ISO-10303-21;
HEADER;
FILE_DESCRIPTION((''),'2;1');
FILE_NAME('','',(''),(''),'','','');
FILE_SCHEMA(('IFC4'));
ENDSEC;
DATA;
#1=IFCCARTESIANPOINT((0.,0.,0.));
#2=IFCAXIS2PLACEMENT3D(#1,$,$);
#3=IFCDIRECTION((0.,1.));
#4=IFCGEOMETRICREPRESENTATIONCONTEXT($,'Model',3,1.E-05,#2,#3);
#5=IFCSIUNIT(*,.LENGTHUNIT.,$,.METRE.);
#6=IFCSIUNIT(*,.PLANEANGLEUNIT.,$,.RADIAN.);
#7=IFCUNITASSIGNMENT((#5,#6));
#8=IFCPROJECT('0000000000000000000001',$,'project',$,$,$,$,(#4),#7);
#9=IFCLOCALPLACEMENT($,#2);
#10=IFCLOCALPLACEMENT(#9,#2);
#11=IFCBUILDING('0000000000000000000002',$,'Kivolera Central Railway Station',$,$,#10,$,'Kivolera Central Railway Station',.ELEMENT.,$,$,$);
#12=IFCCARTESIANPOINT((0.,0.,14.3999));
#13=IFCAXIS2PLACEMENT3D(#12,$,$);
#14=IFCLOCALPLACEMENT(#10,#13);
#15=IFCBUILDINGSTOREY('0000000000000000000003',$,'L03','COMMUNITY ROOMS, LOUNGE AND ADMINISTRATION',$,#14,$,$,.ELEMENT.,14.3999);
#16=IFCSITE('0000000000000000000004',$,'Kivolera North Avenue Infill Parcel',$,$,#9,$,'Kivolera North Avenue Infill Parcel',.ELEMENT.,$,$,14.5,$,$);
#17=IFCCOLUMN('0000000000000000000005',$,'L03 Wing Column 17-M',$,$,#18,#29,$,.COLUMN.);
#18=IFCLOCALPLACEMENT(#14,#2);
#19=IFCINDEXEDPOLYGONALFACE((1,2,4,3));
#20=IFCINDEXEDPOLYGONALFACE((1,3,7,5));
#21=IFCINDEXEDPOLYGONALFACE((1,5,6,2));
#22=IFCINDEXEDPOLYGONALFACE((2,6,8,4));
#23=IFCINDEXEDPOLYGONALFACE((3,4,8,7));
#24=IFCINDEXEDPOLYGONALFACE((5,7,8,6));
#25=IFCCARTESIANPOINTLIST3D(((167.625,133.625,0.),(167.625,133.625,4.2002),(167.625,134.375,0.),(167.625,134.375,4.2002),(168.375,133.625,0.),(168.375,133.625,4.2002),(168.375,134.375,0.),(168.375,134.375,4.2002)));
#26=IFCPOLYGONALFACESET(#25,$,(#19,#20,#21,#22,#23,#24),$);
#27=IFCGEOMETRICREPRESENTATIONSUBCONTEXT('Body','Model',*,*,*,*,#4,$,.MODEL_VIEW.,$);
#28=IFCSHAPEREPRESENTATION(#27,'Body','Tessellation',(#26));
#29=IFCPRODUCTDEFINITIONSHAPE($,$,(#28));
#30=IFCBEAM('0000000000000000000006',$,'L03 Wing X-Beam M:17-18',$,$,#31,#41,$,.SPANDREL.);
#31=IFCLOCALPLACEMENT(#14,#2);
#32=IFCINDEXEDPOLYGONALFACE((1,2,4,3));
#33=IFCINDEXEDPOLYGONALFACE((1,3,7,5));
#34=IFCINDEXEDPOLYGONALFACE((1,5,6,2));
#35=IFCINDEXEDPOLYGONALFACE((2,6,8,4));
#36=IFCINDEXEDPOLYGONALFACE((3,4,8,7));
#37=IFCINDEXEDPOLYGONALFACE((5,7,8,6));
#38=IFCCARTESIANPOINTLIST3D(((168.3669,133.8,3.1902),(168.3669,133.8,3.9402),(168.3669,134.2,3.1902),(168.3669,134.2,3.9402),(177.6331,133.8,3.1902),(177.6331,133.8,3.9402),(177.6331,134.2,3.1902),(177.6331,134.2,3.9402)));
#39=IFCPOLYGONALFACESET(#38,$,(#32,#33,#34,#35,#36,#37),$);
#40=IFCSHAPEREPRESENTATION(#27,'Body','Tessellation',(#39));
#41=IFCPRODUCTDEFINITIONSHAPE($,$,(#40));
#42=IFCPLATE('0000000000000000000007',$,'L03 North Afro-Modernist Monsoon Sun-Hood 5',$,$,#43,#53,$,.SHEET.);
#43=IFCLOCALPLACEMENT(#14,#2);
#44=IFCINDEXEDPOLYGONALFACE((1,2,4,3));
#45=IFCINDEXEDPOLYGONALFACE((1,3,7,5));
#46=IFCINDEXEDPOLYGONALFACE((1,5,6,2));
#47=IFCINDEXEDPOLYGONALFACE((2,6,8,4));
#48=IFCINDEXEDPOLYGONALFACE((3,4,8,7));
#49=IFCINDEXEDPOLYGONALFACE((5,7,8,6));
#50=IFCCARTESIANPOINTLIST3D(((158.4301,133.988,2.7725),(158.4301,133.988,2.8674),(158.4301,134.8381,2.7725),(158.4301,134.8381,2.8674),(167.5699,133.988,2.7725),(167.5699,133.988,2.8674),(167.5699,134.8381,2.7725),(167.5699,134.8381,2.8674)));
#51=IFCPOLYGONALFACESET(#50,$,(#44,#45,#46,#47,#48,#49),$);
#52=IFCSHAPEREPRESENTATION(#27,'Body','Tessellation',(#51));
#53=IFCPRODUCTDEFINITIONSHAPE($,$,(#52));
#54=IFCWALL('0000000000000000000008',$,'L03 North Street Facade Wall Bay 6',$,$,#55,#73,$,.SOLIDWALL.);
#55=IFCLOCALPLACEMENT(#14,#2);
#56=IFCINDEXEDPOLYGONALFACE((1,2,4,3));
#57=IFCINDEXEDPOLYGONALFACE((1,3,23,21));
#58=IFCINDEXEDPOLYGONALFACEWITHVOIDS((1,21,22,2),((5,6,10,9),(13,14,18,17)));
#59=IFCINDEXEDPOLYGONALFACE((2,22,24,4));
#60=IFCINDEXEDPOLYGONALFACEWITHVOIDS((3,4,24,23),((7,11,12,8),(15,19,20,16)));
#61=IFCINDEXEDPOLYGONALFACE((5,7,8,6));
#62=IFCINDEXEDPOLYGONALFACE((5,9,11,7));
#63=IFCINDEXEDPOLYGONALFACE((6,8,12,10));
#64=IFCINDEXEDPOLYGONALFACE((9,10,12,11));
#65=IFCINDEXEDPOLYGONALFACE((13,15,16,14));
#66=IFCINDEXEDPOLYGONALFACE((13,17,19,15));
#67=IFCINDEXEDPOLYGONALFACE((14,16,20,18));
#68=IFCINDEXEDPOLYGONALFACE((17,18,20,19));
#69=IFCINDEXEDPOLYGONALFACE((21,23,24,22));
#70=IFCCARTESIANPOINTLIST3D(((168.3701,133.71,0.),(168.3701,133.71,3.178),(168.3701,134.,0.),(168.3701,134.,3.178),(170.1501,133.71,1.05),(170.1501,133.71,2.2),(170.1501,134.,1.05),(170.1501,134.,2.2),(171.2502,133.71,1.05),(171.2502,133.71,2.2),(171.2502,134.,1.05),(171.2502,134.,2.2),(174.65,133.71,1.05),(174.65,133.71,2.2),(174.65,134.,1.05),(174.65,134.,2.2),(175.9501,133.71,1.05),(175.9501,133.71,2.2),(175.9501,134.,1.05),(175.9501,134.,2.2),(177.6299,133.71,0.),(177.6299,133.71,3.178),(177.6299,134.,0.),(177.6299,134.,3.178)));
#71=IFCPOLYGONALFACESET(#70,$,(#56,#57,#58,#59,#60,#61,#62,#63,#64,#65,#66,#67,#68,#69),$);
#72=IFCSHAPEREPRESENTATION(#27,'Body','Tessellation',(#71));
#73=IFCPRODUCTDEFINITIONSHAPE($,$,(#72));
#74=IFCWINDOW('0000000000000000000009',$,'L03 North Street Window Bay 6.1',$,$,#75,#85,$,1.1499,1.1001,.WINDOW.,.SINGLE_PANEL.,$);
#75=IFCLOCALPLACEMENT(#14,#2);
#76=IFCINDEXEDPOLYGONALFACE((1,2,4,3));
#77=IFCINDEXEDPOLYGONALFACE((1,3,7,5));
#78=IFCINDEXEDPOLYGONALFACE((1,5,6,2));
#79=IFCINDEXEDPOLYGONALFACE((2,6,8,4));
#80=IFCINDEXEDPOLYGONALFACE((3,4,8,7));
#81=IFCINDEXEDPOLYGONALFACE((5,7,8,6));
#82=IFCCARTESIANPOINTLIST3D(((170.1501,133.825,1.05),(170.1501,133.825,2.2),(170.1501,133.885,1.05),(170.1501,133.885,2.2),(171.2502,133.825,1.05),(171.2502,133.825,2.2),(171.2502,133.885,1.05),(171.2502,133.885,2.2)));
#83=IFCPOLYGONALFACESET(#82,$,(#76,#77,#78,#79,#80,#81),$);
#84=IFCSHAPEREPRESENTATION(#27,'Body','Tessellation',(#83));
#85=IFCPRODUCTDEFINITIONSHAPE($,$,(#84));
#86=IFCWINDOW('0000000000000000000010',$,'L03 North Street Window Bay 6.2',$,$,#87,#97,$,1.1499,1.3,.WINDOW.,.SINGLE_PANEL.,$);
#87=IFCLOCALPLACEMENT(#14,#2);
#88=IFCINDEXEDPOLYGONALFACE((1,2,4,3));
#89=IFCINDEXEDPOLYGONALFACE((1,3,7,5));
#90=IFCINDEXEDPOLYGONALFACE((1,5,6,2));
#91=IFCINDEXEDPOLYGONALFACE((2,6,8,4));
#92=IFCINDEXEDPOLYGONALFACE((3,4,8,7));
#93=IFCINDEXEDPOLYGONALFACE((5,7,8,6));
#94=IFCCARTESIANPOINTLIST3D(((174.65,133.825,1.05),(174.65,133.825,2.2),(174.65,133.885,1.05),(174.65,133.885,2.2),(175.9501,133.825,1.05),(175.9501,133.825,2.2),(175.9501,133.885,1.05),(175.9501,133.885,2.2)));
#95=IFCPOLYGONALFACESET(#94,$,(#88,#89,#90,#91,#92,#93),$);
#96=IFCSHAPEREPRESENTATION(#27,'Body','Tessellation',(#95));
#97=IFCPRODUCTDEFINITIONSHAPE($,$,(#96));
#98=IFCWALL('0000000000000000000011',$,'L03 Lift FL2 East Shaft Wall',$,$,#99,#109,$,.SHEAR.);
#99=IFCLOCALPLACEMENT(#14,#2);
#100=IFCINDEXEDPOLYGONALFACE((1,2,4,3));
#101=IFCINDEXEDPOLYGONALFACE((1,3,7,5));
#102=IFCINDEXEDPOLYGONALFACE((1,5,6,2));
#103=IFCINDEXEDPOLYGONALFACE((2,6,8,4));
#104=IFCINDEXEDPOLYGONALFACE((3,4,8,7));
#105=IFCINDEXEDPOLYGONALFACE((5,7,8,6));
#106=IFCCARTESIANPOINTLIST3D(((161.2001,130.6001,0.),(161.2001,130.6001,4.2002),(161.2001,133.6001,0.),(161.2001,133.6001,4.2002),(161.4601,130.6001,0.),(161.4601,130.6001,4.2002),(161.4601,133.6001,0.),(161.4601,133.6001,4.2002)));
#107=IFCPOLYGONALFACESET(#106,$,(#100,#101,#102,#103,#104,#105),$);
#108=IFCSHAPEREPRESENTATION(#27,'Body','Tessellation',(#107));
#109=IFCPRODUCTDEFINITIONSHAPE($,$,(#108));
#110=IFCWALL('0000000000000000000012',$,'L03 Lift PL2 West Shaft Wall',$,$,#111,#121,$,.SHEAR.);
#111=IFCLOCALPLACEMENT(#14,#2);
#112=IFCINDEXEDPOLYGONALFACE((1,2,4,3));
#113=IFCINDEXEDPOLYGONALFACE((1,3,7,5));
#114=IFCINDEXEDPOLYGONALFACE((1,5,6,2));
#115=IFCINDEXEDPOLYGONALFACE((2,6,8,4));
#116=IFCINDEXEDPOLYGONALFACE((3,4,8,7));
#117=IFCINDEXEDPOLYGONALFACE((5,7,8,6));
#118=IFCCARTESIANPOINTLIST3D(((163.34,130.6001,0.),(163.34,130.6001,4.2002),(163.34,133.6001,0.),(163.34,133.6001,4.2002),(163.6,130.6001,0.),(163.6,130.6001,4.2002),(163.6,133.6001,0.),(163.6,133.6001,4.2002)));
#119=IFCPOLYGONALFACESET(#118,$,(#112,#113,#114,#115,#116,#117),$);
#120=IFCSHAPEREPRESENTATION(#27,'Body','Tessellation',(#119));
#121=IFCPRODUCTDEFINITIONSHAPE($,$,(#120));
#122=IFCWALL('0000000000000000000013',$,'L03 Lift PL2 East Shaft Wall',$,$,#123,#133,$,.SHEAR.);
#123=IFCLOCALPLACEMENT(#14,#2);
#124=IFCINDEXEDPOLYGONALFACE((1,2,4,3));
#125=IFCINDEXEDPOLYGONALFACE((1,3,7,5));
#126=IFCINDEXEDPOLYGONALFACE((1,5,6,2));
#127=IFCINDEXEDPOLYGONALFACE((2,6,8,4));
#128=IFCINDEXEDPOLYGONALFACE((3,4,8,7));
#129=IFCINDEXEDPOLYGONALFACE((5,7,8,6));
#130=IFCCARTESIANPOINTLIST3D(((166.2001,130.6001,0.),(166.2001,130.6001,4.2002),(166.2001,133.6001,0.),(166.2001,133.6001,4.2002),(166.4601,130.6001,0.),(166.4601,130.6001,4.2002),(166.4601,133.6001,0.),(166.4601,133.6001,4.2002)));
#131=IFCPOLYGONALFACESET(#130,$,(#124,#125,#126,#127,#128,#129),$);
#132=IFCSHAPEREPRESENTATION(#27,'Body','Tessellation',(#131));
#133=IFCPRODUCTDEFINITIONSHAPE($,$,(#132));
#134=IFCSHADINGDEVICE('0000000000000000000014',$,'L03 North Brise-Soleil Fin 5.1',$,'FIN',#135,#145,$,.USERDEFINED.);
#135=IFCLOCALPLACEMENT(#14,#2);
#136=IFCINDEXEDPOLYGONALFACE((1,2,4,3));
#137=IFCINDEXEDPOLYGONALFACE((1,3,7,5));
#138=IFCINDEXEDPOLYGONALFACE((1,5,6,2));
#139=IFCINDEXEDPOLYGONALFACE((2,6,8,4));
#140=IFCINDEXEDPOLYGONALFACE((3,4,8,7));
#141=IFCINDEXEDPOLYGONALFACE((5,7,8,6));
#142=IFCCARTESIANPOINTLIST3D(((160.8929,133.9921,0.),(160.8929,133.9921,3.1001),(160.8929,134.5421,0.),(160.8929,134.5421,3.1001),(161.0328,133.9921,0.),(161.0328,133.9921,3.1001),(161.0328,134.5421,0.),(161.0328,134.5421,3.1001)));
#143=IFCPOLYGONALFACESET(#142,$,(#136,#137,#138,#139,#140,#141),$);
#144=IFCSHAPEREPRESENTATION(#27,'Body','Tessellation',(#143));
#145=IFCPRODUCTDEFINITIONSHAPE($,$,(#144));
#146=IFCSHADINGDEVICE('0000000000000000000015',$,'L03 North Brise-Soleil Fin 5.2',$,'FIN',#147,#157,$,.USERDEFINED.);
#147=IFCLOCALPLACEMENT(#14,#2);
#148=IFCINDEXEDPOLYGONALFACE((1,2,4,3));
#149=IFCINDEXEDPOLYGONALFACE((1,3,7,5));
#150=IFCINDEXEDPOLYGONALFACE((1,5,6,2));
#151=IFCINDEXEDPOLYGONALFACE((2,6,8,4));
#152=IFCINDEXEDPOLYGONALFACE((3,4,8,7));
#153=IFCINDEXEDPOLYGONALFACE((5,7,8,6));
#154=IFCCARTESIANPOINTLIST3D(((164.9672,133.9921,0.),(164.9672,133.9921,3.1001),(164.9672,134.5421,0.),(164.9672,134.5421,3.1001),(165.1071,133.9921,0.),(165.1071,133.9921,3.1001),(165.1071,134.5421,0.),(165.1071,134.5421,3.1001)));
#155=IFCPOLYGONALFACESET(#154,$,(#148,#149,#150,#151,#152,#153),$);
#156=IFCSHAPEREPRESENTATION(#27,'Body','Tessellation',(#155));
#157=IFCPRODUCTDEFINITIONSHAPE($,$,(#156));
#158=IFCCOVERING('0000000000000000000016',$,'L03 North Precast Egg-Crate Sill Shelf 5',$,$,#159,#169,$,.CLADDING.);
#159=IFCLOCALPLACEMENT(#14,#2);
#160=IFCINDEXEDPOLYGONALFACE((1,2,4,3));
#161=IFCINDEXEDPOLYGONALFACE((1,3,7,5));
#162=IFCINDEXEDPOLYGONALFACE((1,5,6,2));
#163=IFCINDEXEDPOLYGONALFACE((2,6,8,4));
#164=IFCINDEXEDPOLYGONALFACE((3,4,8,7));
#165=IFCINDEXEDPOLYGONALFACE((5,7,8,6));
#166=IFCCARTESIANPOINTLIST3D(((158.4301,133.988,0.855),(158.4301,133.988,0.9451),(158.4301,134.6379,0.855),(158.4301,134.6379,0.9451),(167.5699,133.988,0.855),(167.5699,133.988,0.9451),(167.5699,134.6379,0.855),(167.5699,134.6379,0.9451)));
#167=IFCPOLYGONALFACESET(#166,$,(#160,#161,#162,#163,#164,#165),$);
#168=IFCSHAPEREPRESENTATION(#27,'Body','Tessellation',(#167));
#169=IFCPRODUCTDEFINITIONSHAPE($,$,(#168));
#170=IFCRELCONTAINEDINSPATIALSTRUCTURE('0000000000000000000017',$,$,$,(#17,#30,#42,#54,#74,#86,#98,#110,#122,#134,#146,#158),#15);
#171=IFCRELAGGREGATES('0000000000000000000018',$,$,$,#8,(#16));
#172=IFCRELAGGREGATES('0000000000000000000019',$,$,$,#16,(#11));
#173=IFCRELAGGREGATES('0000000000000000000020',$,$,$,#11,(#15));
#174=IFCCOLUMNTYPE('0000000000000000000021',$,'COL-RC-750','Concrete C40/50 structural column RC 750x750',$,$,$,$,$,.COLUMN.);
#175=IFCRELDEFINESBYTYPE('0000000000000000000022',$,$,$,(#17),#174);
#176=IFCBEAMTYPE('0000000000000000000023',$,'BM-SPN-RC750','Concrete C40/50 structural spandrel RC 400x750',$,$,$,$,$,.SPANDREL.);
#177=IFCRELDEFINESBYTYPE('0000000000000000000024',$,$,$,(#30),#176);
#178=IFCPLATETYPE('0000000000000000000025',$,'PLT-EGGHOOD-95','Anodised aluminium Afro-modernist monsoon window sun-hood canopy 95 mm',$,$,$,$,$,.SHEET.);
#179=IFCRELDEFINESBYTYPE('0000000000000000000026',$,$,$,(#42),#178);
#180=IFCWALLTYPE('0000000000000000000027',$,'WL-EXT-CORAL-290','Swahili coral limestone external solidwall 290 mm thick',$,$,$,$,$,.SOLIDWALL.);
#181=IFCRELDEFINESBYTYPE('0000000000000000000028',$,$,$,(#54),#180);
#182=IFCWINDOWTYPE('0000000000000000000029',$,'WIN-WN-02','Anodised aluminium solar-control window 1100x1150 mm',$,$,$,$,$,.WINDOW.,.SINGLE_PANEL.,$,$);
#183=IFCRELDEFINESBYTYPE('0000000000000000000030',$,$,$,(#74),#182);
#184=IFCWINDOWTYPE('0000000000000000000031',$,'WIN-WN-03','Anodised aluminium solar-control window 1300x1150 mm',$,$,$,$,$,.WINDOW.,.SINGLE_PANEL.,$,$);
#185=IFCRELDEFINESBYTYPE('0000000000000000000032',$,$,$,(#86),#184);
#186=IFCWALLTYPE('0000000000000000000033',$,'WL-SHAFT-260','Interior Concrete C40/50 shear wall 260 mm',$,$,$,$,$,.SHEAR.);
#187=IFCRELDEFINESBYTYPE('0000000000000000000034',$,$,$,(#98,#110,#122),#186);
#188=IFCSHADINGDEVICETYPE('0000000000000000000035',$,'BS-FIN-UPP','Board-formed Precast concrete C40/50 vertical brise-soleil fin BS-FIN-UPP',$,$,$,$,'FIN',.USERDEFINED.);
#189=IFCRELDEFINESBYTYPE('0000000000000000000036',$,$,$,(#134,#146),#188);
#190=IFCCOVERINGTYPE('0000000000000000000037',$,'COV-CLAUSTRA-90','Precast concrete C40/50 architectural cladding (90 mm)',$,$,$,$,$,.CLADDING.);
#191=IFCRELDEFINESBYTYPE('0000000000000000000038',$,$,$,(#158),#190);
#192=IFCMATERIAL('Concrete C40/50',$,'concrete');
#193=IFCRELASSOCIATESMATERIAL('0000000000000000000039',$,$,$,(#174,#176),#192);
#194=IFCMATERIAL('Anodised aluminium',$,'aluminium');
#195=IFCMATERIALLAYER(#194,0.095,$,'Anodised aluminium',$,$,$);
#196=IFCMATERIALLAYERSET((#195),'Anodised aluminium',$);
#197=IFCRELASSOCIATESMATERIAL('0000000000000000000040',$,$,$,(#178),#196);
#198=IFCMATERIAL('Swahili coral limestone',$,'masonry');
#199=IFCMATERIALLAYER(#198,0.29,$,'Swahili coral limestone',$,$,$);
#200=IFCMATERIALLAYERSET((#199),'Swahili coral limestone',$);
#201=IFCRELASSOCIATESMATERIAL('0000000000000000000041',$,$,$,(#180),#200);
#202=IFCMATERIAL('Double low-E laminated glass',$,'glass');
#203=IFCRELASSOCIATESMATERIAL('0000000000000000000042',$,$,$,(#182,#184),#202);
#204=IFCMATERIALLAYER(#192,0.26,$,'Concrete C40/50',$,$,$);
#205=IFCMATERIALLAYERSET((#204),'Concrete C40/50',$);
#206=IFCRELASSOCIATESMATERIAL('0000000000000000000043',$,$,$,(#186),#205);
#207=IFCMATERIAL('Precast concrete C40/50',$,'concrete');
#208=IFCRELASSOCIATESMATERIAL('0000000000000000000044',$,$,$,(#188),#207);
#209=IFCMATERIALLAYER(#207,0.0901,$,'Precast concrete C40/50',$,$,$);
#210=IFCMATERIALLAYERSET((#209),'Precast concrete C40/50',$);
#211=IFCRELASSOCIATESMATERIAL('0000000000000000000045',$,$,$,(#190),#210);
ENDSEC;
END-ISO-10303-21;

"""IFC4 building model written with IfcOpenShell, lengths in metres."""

from ifc_helpers import new_model, si_unit, direction, frame, frame_2d, origin, origin_2d, place, context, subcontext, project, spatial, rectangle, extrude, material, layer, layer_set, material_profile, profile_set, type_object, element, fill, save


model = new_model("IFC4")

# Units and contexts
model_context = context("Model", 3, precision=1e-05, world=origin(), true_north=direction((0.0, 1.0)))
body_context = subcontext(model_context, "Body", "Model", "MODEL_VIEW")
ifc_project = project(units=[si_unit("LENGTHUNIT", "METRE"), si_unit("PLANEANGLEUNIT", "RADIAN")], contexts=[model_context])

# Site, building, storey
site_placement = place(None, origin())
site = spatial("IfcSite", under=ifc_project, at=site_placement, Name="Kivolera North Avenue Infill Parcel", LongName="Kivolera North Avenue Infill Parcel", CompositionType="ELEMENT", RefElevation=14.5)
building_placement = place(site_placement, origin())
building = spatial("IfcBuilding", under=site, at=building_placement, Name="Kivolera Central Railway Station", LongName="Kivolera Central Railway Station", CompositionType="ELEMENT")
storey_placement = place(building_placement, frame((0.0, 0.0, 14.3999)))
storey = spatial("IfcBuildingStorey", under=building, at=storey_placement, Name="L03", Description="COMMUNITY ROOMS, LOUNGE AND ADMINISTRATION", CompositionType="ELEMENT", Elevation=14.3999)

# Column
ifc_material_1 = material(Name="Concrete C40/50", Category="concrete")
ifc_material_profile_1 = material_profile(ifc_material_1, rectangle(XDim=0.75, YDim=0.75, at=origin_2d()), Name="RC 750x750")
ifc_profile_set_1 = profile_set([ifc_material_profile_1], Name="Concrete C40/50")
column_type = type_object("IfcColumnType", Name="COL-RC-750", Description="Concrete C40/50 structural column RC 750x750", PredefinedType="COLUMN", material=ifc_profile_set_1)
column_placement = place(storey_placement, frame((168.0, 134.0, 0.0), z_axis=(0.0, 0.0, 1.0), x_axis=(1.0, 0.0, 0.0)))
element("IfcColumn", 1, at=column_placement, inside=storey, type_object=column_type, Name="L03 Wing Column 17-M", PredefinedType="COLUMN", context=body_context, shape_type="SweptSolid", body=[
    extrude(rectangle(XDim=0.75, YDim=0.75, at=origin_2d()), origin(), (0.0, 0.0, 1.0), 4.2002),
])

# Beam
ifc_material_profile_2 = material_profile(ifc_material_1, rectangle(XDim=0.3999, YDim=0.75, at=origin_2d()), Name="RC 400x750")
ifc_profile_set_2 = profile_set([ifc_material_profile_2], Name="Concrete C40/50")
beam_type = type_object("IfcBeamType", Name="BM-SPN-RC750", Description="Concrete C40/50 structural spandrel RC 400x750", PredefinedType="SPANDREL", material=ifc_profile_set_2)
beam_placement = place(storey_placement, frame((168.3669, 134.0, 3.5652), z_axis=(1.0, 0.0, 0.0), x_axis=(0.0, 1.0, 0.0)))
element("IfcBeam", 2, at=beam_placement, inside=storey, type_object=beam_type, Name="L03 Wing X-Beam M:17-18", PredefinedType="SPANDREL", context=body_context, shape_type="SweptSolid", body=[
    extrude(rectangle(XDim=0.3999, YDim=0.75, at=origin_2d()), origin(), (0.0, 0.0, 1.0), 9.2661),
])

# Plate
ifc_material_2 = material(Name="Anodised aluminium", Category="aluminium")
ifc_layer_1 = layer(ifc_material_2, 0.095, Name="Anodised aluminium")
ifc_layer_set_1 = layer_set([ifc_layer_1], Name="Anodised aluminium")
plate_type = type_object("IfcPlateType", Name="PLT-EGGHOOD-95", Description="Anodised aluminium Afro-modernist monsoon window sun-hood canopy 95 mm", PredefinedType="SHEET", material=ifc_layer_set_1)
plate_placement = place(storey_placement, frame((163.0, 134.4131, 2.7725), z_axis=(0.0, 0.0, 1.0), x_axis=(1.0, 0.0, 0.0)))
element("IfcPlate", 3, at=plate_placement, inside=storey, type_object=plate_type, Name="L03 North Afro-Modernist Monsoon Sun-Hood 5", PredefinedType="SHEET", context=body_context, shape_type="SweptSolid", body=[
    extrude(rectangle(XDim=9.1399, YDim=0.8501, at=origin_2d()), origin(), (0.0, 0.0, 1.0), 0.095),
])

# Wall, openings, windows
ifc_material_3 = material(Name="Swahili coral limestone", Category="masonry")
ifc_layer_2 = layer(ifc_material_3, 0.29, Name="Swahili coral limestone")
ifc_layer_set_2 = layer_set([ifc_layer_2], Name="Swahili coral limestone")
wall_type_1 = type_object("IfcWallType", Name="WL-EXT-CORAL-290", Description="Swahili coral limestone external solidwall 290 mm thick", PredefinedType="SOLIDWALL", material=ifc_layer_set_2)
wall_1_placement = place(storey_placement, frame((168.3701, 133.855, 0.0), z_axis=(0.0, 0.0, 1.0), x_axis=(1.0, 0.0, 0.0)))
wall_1 = element("IfcWall", 4, at=wall_1_placement, inside=storey, type_object=wall_type_1, Name="L03 North Street Facade Wall Bay 6", PredefinedType="SOLIDWALL", context=body_context, shape_type="SweptSolid", body=[
    extrude(rectangle(XDim=9.2598, YDim=0.29, at=frame_2d((4.6299, 0.0))), origin(), (0.0, 0.0, 1.0), 3.178),
])
opening_1_placement = place(wall_1_placement, frame((1.78, 0.0, 1.05)))
opening_1 = element("IfcOpeningElement", 5, at=opening_1_placement, cuts=wall_1, PredefinedType="OPENING", context=body_context, shape_type="SweptSolid", body=[
    extrude(rectangle(XDim=1.1001, YDim=1.1499, at=frame_2d((0.55, 0.575))), frame((0.0, 0.155, 0.0), z_axis=(0.0, -1.0, 0.0), x_axis=(1.0, 0.0, 0.0)), (0.0, 0.0, 1.0), 0.3101),
])
opening_2_placement = place(wall_1_placement, frame((6.28, 0.0, 1.05)))
opening_2 = element("IfcOpeningElement", 6, at=opening_2_placement, cuts=wall_1, PredefinedType="OPENING", context=body_context, shape_type="SweptSolid", body=[
    extrude(rectangle(XDim=1.3, YDim=1.1499, at=frame_2d((0.6499, 0.575))), frame((0.0, 0.155, 0.0), z_axis=(0.0, -1.0, 0.0), x_axis=(1.0, 0.0, 0.0)), (0.0, 0.0, 1.0), 0.3101),
])
ifc_material_4 = material(Name="Double low-E laminated glass", Category="glass")
window_type_1 = type_object("IfcWindowType", Name="WIN-WN-02", Description="Anodised aluminium solar-control window 1100x1150 mm", PartitioningType="SINGLE_PANEL", PredefinedType="WINDOW", material=ifc_material_4)
window_1_placement = place(opening_1_placement, origin())
window_1 = element("IfcWindow", 7, at=window_1_placement, inside=storey, type_object=window_type_1, Name="L03 North Street Window Bay 6.1", OverallHeight=1.1499, OverallWidth=1.1001, PartitioningType="SINGLE_PANEL", PredefinedType="WINDOW", context=body_context, shape_type="SweptSolid", body=[
    extrude(rectangle(XDim=1.1001, YDim=1.1499, at=frame_2d((0.55, 0.575))), frame((0.0, 0.03, 0.0), z_axis=(0.0, -1.0, 0.0), x_axis=(1.0, 0.0, 0.0)), (0.0, 0.0, 1.0), 0.0601),
])
fill(opening_1, window_1)
window_type_2 = type_object("IfcWindowType", Name="WIN-WN-03", Description="Anodised aluminium solar-control window 1300x1150 mm", PartitioningType="SINGLE_PANEL", PredefinedType="WINDOW", material=ifc_material_4)
window_2_placement = place(opening_2_placement, origin())
window_2 = element("IfcWindow", 8, at=window_2_placement, inside=storey, type_object=window_type_2, Name="L03 North Street Window Bay 6.2", OverallHeight=1.1499, OverallWidth=1.3, PartitioningType="SINGLE_PANEL", PredefinedType="WINDOW", context=body_context, shape_type="SweptSolid", body=[
    extrude(rectangle(XDim=1.3, YDim=1.1499, at=frame_2d((0.6499, 0.575))), frame((0.0, 0.03, 0.0), z_axis=(0.0, -1.0, 0.0), x_axis=(1.0, 0.0, 0.0)), (0.0, 0.0, 1.0), 0.0601),
])
fill(opening_2, window_2)

# Wall
ifc_layer_3 = layer(ifc_material_1, 0.26, Name="Concrete C40/50")
ifc_layer_set_3 = layer_set([ifc_layer_3], Name="Concrete C40/50")
wall_type_2 = type_object("IfcWallType", Name="WL-SHAFT-260", Description="Interior Concrete C40/50 shear wall 260 mm", PredefinedType="SHEAR", material=ifc_layer_set_3)
wall_2_placement = place(storey_placement, frame((161.3301, 130.6001, 0.0), z_axis=(0.0, 0.0, 1.0), x_axis=(0.0, 1.0, 0.0)))
element("IfcWall", 9, at=wall_2_placement, inside=storey, type_object=wall_type_2, Name="L03 Lift FL2 East Shaft Wall", PredefinedType="SHEAR", context=body_context, shape_type="SweptSolid", body=[
    extrude(rectangle(XDim=3.0, YDim=0.26, at=frame_2d((1.5, 0.0))), origin(), (0.0, 0.0, 1.0), 4.2002),
])

# Walls
for number, where, z_axis, x_axis, name in (
    (10, (163.47, 130.6001, 0.0), (0.0, 0.0, 1.0), (0.0, 1.0, 0.0), "L03 Lift PL2 West Shaft Wall"),
    (11, (166.3301, 130.6001, 0.0), (0.0, 0.0, 1.0), (0.0, 1.0, 0.0), "L03 Lift PL2 East Shaft Wall"),
):
    element("IfcWall", number, at=place(storey_placement, frame(where, z_axis=z_axis, x_axis=x_axis)), inside=storey, type_object=wall_type_2, Name=name, PredefinedType="SHEAR", context=body_context, shape_type="SweptSolid", body=[
        extrude(rectangle(XDim=3.0, YDim=0.26, at=frame_2d((1.5, 0.0))), origin(), (0.0, 0.0, 1.0), 4.2002),
    ])

# Shading devices
ifc_material_5 = material(Name="Precast concrete C40/50", Category="concrete")
shading_device_type = type_object("IfcShadingDeviceType", Name="BS-FIN-UPP", Description="Board-formed Precast concrete C40/50 vertical brise-soleil fin BS-FIN-UPP", ElementType="FIN", PredefinedType="USERDEFINED", material=ifc_material_5)
for number, where, z_axis, x_axis, name in (
    (12, (160.9629, 134.2671, 0.0), (0.0, 0.0, 1.0), (1.0, 0.0, 0.0), "L03 North Brise-Soleil Fin 5.1"),
    (13, (165.0371, 134.2671, 0.0), (0.0, 0.0, 1.0), (1.0, 0.0, 0.0), "L03 North Brise-Soleil Fin 5.2"),
):
    element("IfcShadingDevice", number, at=place(storey_placement, frame(where, z_axis=z_axis, x_axis=x_axis)), inside=storey, type_object=shading_device_type, Name=name, ObjectType="FIN", PredefinedType="USERDEFINED", context=body_context, shape_type="SweptSolid", body=[
        extrude(rectangle(XDim=0.1399, YDim=0.55, at=origin_2d()), origin(), (0.0, 0.0, 1.0), 3.1001),
    ])

# Covering
ifc_layer_4 = layer(ifc_material_5, 0.0901, Name="Precast concrete C40/50")
ifc_layer_set_4 = layer_set([ifc_layer_4], Name="Precast concrete C40/50")
covering_type_1 = type_object("IfcCoveringType", Name="COV-CLAUSTRA-90", Description="Precast concrete C40/50 architectural cladding (90 mm)", PredefinedType="CLADDING", material=ifc_layer_set_4)
covering_1_placement = place(storey_placement, frame((163.0, 134.313, 0.855), z_axis=(0.0, 0.0, 1.0), x_axis=(1.0, 0.0, 0.0)))
element("IfcCovering", 14, at=covering_1_placement, inside=storey, type_object=covering_type_1, Name="L03 North Precast Egg-Crate Sill Shelf 5", PredefinedType="CLADDING", context=body_context, shape_type="SweptSolid", body=[
    extrude(rectangle(XDim=9.1399, YDim=0.6499, at=origin_2d()), origin(), (0.0, 0.0, 1.0), 0.0901),
])

save(model, "model.ifc")
